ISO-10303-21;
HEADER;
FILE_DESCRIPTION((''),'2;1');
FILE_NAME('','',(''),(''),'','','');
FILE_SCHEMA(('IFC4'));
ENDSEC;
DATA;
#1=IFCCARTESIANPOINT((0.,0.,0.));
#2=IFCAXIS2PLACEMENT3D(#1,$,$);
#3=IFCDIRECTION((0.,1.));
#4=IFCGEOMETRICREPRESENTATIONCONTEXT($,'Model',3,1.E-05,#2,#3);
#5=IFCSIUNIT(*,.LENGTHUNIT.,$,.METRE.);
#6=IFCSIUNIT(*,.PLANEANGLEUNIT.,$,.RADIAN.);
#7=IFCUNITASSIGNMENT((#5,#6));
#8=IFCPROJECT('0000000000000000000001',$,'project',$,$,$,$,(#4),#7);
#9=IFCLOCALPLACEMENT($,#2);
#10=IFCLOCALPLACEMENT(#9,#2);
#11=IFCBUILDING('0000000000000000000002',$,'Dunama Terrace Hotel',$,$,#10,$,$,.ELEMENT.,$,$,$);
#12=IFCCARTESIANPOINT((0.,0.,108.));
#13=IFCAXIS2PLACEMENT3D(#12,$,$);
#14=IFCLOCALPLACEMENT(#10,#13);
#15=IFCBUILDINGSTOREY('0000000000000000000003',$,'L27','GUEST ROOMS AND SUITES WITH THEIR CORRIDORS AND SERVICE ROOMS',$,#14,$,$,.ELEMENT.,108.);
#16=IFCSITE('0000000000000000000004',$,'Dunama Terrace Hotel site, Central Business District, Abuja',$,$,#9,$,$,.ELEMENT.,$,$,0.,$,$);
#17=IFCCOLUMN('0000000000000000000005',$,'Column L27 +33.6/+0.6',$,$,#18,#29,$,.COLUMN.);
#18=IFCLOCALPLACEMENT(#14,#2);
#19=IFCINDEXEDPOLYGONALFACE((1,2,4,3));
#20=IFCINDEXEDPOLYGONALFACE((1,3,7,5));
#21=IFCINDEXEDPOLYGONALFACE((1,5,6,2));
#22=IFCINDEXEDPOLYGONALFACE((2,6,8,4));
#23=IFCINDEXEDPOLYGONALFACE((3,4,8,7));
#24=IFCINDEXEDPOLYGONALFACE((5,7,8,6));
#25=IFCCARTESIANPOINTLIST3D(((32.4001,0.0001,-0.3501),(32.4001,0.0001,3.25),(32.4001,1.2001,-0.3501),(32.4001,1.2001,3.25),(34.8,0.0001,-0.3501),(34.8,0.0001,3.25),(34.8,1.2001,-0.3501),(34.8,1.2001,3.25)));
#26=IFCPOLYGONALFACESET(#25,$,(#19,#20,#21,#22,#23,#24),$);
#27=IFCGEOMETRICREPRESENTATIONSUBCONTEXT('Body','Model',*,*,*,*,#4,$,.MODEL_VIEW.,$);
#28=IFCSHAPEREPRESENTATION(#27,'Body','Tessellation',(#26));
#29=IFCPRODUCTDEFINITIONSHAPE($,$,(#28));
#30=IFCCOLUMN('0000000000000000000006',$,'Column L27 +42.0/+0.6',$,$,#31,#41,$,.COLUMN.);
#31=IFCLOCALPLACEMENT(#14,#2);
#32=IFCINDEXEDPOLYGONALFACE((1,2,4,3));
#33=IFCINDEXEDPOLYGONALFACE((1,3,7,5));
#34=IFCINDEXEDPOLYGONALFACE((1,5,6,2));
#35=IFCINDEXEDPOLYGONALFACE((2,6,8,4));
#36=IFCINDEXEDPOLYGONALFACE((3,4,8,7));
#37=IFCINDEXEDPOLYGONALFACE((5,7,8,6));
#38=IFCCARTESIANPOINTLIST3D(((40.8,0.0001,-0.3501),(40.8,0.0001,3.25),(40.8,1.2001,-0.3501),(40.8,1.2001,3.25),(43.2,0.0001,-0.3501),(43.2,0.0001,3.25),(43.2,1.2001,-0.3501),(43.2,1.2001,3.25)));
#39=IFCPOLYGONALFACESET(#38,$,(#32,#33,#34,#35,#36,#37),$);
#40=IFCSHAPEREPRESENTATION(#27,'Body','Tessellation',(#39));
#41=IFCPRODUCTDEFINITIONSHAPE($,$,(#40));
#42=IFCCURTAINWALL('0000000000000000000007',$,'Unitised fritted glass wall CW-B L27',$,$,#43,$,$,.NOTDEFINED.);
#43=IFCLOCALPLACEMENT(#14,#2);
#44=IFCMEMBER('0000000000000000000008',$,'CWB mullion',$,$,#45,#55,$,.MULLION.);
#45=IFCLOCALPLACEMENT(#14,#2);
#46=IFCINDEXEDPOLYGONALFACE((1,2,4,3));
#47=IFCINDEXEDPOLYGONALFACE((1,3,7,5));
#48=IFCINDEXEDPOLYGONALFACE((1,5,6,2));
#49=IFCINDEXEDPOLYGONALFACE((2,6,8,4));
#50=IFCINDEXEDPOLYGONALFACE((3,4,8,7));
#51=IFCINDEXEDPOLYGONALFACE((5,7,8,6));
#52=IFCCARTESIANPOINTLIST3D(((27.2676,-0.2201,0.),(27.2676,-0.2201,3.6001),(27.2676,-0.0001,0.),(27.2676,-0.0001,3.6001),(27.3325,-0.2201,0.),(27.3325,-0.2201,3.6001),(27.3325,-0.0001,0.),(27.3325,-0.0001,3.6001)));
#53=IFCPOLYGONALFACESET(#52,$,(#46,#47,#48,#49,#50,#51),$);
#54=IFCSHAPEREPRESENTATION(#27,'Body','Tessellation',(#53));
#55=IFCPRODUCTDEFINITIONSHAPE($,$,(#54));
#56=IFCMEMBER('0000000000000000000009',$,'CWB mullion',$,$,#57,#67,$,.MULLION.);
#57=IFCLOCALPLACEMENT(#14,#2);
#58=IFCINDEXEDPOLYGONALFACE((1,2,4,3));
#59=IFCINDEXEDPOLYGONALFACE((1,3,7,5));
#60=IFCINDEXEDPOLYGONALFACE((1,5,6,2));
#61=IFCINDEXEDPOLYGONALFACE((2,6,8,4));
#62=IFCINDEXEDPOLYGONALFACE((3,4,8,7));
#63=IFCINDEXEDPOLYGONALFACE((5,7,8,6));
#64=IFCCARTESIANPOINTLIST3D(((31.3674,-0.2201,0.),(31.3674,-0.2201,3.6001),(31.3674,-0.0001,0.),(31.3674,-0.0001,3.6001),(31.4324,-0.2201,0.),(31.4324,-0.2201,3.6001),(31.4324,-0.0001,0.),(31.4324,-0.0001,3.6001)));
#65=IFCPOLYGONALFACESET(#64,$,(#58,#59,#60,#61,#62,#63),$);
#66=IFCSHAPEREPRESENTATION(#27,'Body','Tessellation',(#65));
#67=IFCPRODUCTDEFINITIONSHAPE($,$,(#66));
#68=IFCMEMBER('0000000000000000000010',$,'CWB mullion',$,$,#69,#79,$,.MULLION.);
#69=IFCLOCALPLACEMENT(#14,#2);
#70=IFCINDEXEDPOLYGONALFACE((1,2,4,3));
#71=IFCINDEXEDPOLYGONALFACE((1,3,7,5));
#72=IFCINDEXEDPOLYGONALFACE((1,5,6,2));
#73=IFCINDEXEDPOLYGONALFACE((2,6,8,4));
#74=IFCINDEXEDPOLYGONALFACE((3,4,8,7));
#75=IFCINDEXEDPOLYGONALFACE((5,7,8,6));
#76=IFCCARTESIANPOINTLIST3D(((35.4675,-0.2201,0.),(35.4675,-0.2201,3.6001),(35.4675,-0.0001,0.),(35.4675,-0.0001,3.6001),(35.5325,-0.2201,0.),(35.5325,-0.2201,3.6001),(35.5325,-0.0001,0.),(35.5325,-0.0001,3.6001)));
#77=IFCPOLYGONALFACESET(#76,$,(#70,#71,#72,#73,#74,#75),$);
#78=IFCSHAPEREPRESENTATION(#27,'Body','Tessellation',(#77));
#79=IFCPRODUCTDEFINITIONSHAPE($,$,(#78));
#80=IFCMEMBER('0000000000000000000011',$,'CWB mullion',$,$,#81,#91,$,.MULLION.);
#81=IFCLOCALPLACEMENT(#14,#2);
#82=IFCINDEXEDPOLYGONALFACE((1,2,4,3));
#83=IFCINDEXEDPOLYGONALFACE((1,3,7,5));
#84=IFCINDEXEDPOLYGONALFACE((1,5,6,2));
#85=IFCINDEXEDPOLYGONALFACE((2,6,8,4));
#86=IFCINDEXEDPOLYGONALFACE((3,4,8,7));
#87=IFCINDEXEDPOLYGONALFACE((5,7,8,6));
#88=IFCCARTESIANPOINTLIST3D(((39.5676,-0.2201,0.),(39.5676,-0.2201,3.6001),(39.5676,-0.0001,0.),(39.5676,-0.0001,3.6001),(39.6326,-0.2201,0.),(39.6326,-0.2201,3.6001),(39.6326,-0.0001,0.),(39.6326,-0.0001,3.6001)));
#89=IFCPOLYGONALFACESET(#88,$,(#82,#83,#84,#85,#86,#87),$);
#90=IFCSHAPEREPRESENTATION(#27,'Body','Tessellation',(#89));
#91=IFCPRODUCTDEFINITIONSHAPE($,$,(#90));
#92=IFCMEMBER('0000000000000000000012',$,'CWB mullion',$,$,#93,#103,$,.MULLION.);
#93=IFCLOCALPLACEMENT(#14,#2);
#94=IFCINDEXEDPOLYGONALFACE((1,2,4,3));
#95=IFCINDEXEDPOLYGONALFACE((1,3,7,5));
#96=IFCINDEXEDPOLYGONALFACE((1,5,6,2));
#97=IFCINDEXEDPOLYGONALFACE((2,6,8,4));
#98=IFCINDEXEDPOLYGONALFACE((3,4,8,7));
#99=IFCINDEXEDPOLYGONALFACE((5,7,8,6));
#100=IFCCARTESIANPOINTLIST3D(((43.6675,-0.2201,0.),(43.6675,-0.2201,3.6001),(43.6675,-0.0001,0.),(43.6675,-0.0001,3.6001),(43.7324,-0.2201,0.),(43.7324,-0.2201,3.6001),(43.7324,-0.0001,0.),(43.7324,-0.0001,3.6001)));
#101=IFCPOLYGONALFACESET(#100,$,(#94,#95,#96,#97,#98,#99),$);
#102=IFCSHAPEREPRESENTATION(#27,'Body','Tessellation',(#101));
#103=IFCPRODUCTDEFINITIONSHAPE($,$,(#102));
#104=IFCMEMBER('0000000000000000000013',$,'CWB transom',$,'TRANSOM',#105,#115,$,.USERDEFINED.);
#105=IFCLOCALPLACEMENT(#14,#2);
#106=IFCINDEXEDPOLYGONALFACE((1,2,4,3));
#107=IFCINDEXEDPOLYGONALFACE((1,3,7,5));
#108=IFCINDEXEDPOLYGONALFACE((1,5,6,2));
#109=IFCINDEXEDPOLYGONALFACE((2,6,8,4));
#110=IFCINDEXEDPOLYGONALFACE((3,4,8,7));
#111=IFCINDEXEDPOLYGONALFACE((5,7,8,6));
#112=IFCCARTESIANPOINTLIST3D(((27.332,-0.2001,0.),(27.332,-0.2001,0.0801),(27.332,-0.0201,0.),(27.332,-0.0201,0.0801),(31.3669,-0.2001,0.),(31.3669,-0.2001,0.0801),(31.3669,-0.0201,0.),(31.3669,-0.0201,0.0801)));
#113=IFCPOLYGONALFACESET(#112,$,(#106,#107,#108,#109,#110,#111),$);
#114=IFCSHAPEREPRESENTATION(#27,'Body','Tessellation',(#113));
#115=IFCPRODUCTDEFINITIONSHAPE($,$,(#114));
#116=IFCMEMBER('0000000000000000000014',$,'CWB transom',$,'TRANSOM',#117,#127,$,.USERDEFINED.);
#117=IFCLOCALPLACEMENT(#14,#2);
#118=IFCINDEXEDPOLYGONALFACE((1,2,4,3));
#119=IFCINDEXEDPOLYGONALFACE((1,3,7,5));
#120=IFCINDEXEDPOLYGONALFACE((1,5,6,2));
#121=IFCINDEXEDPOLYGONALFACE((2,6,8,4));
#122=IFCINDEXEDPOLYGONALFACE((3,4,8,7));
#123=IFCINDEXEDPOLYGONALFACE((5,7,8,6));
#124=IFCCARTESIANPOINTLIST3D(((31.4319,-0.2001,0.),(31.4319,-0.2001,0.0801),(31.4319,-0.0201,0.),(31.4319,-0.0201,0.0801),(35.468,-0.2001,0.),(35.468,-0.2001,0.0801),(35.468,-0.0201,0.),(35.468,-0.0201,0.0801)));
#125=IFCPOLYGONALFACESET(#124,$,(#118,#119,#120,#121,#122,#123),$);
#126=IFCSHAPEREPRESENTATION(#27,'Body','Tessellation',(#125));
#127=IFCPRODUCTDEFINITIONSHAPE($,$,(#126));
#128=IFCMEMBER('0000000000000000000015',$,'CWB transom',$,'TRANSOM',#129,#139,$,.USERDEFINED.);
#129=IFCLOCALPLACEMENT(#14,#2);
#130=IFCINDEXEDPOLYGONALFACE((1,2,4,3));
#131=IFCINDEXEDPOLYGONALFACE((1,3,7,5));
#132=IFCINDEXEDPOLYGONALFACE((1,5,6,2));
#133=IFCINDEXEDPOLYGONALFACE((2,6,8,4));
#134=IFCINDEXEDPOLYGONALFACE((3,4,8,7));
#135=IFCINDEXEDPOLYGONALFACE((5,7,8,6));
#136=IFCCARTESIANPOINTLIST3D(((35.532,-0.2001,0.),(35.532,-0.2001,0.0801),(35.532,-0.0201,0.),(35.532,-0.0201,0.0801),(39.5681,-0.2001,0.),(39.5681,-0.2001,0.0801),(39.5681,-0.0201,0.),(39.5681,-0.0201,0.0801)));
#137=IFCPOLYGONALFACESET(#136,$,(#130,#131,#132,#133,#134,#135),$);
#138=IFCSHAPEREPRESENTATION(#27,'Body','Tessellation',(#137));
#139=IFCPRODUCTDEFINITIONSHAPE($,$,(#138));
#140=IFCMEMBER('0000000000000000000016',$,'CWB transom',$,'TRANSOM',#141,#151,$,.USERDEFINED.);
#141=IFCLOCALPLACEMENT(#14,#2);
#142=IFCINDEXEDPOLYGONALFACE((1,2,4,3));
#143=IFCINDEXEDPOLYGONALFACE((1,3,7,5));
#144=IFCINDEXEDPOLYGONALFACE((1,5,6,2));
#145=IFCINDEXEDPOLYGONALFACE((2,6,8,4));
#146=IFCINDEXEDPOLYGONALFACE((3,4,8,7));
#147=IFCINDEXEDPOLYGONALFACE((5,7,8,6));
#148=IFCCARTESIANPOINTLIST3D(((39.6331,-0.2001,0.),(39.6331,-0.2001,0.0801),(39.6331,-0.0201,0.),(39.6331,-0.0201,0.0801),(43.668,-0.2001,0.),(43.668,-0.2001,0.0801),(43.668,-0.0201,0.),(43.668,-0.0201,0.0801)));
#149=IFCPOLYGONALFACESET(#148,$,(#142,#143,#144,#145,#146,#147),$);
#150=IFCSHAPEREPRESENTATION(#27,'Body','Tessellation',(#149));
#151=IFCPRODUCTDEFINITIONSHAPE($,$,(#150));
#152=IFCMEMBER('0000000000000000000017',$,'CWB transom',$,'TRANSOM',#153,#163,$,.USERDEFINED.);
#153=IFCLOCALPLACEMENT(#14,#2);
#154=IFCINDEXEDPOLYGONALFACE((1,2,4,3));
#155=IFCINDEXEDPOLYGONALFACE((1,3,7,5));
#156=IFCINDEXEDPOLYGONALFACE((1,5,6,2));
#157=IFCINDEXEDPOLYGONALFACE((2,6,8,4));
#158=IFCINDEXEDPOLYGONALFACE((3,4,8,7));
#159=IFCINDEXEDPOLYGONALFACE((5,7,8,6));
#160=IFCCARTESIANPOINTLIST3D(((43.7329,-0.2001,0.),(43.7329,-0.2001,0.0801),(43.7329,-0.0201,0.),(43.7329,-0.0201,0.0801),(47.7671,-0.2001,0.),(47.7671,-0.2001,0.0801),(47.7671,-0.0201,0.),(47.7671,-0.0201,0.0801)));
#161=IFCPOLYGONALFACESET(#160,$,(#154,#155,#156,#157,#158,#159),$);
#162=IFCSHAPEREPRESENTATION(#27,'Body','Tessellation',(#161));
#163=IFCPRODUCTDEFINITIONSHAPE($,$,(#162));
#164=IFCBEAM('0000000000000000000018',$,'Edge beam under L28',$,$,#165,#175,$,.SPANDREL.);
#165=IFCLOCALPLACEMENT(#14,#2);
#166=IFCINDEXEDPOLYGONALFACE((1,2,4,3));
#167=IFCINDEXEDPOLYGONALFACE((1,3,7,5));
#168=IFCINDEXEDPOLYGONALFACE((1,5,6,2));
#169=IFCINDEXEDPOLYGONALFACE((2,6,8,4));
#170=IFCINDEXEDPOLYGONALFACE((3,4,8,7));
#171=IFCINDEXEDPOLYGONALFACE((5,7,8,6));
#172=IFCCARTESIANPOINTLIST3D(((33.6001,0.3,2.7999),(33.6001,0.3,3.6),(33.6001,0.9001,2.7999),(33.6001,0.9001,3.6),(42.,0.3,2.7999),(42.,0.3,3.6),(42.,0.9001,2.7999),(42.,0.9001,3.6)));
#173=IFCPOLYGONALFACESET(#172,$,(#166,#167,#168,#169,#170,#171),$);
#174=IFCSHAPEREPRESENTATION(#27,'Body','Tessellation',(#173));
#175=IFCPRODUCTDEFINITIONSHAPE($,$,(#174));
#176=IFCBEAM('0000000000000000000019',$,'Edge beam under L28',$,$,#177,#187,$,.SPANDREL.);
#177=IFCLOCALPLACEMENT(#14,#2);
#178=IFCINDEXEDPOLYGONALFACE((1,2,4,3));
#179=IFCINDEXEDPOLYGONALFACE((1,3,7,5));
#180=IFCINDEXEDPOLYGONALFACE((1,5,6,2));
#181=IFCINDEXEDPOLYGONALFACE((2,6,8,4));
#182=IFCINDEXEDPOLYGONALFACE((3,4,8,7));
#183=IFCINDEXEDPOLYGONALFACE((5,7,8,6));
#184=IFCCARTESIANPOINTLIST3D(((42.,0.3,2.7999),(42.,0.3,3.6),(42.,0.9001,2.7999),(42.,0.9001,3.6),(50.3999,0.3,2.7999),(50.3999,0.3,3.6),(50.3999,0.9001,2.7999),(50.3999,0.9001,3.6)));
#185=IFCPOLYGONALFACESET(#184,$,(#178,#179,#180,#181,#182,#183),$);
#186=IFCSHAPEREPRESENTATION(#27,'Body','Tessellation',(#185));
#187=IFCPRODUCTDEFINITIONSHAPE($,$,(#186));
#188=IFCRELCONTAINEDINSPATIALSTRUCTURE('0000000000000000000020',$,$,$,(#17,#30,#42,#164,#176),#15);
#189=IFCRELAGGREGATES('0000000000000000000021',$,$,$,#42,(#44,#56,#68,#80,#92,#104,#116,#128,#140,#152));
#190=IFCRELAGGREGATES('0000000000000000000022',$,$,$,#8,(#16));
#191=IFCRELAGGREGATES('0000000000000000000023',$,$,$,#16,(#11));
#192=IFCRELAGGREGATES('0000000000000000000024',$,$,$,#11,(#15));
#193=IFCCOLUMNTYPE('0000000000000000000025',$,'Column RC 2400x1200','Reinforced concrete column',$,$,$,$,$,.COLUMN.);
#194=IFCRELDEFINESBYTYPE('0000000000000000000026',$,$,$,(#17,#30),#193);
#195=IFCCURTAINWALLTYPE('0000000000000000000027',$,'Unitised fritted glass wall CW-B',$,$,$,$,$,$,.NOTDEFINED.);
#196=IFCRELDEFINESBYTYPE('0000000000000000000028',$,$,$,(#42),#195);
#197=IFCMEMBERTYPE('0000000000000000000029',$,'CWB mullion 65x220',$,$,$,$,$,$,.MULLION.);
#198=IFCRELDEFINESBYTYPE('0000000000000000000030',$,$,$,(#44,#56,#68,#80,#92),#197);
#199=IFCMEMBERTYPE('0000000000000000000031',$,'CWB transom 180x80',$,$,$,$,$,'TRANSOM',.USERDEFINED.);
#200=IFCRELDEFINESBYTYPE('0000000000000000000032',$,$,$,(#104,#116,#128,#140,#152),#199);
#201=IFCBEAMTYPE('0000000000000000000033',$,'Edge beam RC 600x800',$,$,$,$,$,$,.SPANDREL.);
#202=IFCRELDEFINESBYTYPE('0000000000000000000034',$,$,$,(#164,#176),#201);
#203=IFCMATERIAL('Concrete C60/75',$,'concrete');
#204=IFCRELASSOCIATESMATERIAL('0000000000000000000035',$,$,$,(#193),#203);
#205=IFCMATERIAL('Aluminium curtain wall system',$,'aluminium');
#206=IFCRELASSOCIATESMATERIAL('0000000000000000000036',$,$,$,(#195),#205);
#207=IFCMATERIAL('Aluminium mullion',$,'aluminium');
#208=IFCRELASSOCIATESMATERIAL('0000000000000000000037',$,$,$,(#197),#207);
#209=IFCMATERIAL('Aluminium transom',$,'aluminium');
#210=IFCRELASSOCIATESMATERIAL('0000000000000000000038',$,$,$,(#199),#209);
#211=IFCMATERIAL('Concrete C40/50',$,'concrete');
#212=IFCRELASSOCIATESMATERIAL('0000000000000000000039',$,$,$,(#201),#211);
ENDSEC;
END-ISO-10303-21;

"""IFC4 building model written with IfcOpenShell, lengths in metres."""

from ifc_helpers import new_model, si_unit, direction, frame, origin, origin_2d, place, context, subcontext, project, spatial, rectangle, extrude, material, material_profile, profile_set, type_object, element, aggregate, save


model = new_model("IFC4")

# Units and contexts
model_context = context("Model", 3, precision=1e-05, world=origin(), true_north=direction((0.0, 1.0)))
body_context = subcontext(model_context, "Body", "Model", "MODEL_VIEW")
ifc_project = project(units=[si_unit("LENGTHUNIT", "METRE"), si_unit("PLANEANGLEUNIT", "RADIAN")], contexts=[model_context])

# Site, building, storey
site_placement = place(None, origin())
site = spatial("IfcSite", under=ifc_project, at=site_placement, Name="Dunama Terrace Hotel site, Central Business District, Abuja", CompositionType="ELEMENT", RefElevation=0.0)
building_placement = place(site_placement, origin())
building = spatial("IfcBuilding", under=site, at=building_placement, Name="Dunama Terrace Hotel", CompositionType="ELEMENT")
storey_placement = place(building_placement, frame((0.0, 0.0, 108.0)))
storey = spatial("IfcBuildingStorey", under=building, at=storey_placement, Name="L27", Description="GUEST ROOMS AND SUITES WITH THEIR CORRIDORS AND SERVICE ROOMS", CompositionType="ELEMENT", Elevation=108.0)

# Columns
ifc_material_1 = material(Name="Concrete C60/75", Category="concrete")
ifc_material_profile_1 = material_profile(ifc_material_1, rectangle(XDim=2.3999, YDim=1.2, at=origin_2d()), Name="RC 2400x1200")
ifc_profile_set_1 = profile_set([ifc_material_profile_1], Name="Concrete C60/75")
column_type = type_object("IfcColumnType", Name="Column RC 2400x1200", Description="Reinforced concrete column", PredefinedType="COLUMN", material=ifc_profile_set_1)
for number, where, z_axis, x_axis, name in (
    (1, (33.6001, 0.6001, -0.3501), (0.0, 0.0, 1.0), (1.0, 0.0, 0.0), "Column L27 +33.6/+0.6"),
    (2, (42.0, 0.6001, -0.3501), (0.0, 0.0, 1.0), (1.0, 0.0, 0.0), "Column L27 +42.0/+0.6"),
):
    element("IfcColumn", number, at=place(storey_placement, frame(where, z_axis=z_axis, x_axis=x_axis)), inside=storey, type_object=column_type, Name=name, PredefinedType="COLUMN", context=body_context, shape_type="SweptSolid", body=[
        extrude(rectangle(XDim=2.3999, YDim=1.2, at=origin_2d()), origin(), (0.0, 0.0, 1.0), 3.6001),
    ])

# Curtain wall, members
ifc_material_2 = material(Name="Aluminium curtain wall system", Category="aluminium")
curtain_wall_type = type_object("IfcCurtainWallType", Name="Unitised fritted glass wall CW-B", PredefinedType="NOTDEFINED", material=ifc_material_2)
curtain_wall_placement = place(storey_placement, origin())
curtain_wall = element("IfcCurtainWall", 3, at=curtain_wall_placement, inside=storey, type_object=curtain_wall_type, Name="Unitised fritted glass wall CW-B L27", PredefinedType="NOTDEFINED")
ifc_material_3 = material(Name="Aluminium mullion", Category="aluminium")
ifc_material_profile_2 = material_profile(ifc_material_3, rectangle(XDim=0.0649, YDim=0.22, at=origin_2d()), Name="CWB MULLION 65X220")
ifc_profile_set_2 = profile_set([ifc_material_profile_2], Name="Aluminium mullion")
member_type_1 = type_object("IfcMemberType", Name="CWB mullion 65x220", PredefinedType="MULLION", material=ifc_profile_set_2)
member_1_placement = place(storey_placement, frame((27.3, -0.1101, 0.0), z_axis=(0.0, 0.0, 1.0), x_axis=(1.0, 0.0, 0.0)))
member_1 = element("IfcMember", 4, at=member_1_placement, type_object=member_type_1, Name="CWB mullion", PredefinedType="MULLION", context=body_context, shape_type="SweptSolid", body=[
    extrude(rectangle(XDim=0.0649, YDim=0.22, at=origin_2d()), origin(), (0.0, 0.0, 1.0), 3.6001),
])
member_2_placement = place(storey_placement, frame((31.3999, -0.1101, 0.0), z_axis=(0.0, 0.0, 1.0), x_axis=(1.0, 0.0, 0.0)))
member_2 = element("IfcMember", 5, at=member_2_placement, type_object=member_type_1, Name="CWB mullion", PredefinedType="MULLION", context=body_context, shape_type="SweptSolid", body=[
    extrude(rectangle(XDim=0.0649, YDim=0.22, at=origin_2d()), origin(), (0.0, 0.0, 1.0), 3.6001),
])
member_3_placement = place(storey_placement, frame((35.5, -0.1101, 0.0), z_axis=(0.0, 0.0, 1.0), x_axis=(1.0, 0.0, 0.0)))
member_3 = element("IfcMember", 6, at=member_3_placement, type_object=member_type_1, Name="CWB mullion", PredefinedType="MULLION", context=body_context, shape_type="SweptSolid", body=[
    extrude(rectangle(XDim=0.0649, YDim=0.22, at=origin_2d()), origin(), (0.0, 0.0, 1.0), 3.6001),
])
member_4_placement = place(storey_placement, frame((39.6001, -0.1101, 0.0), z_axis=(0.0, 0.0, 1.0), x_axis=(1.0, 0.0, 0.0)))
member_4 = element("IfcMember", 7, at=member_4_placement, type_object=member_type_1, Name="CWB mullion", PredefinedType="MULLION", context=body_context, shape_type="SweptSolid", body=[
    extrude(rectangle(XDim=0.0649, YDim=0.22, at=origin_2d()), origin(), (0.0, 0.0, 1.0), 3.6001),
])
member_5_placement = place(storey_placement, frame((43.7, -0.1101, 0.0), z_axis=(0.0, 0.0, 1.0), x_axis=(1.0, 0.0, 0.0)))
member_5 = element("IfcMember", 8, at=member_5_placement, type_object=member_type_1, Name="CWB mullion", PredefinedType="MULLION", context=body_context, shape_type="SweptSolid", body=[
    extrude(rectangle(XDim=0.0649, YDim=0.22, at=origin_2d()), origin(), (0.0, 0.0, 1.0), 3.6001),
])
ifc_material_4 = material(Name="Aluminium transom", Category="aluminium")
ifc_material_profile_3 = material_profile(ifc_material_4, rectangle(XDim=0.1799, YDim=0.0801, at=origin_2d()), Name="CWB TRANSOM 180X80")
ifc_profile_set_3 = profile_set([ifc_material_profile_3], Name="Aluminium transom")
member_type_2 = type_object("IfcMemberType", Name="CWB transom 180x80", ElementType="TRANSOM", PredefinedType="USERDEFINED", material=ifc_profile_set_3)
member_6_placement = place(storey_placement, frame((27.332, -0.1101, 0.04), z_axis=(1.0, 0.0, 0.0), x_axis=(0.0, 1.0, 0.0)))
member_6 = element("IfcMember", 9, at=member_6_placement, type_object=member_type_2, Name="CWB transom", ObjectType="TRANSOM", PredefinedType="USERDEFINED", context=body_context, shape_type="SweptSolid", body=[
    extrude(rectangle(XDim=0.1799, YDim=0.0801, at=origin_2d()), origin(), (0.0, 0.0, 1.0), 4.0349),
])
member_7_placement = place(storey_placement, frame((31.4319, -0.1101, 0.04), z_axis=(1.0, 0.0, 0.0), x_axis=(0.0, 1.0, 0.0)))
member_7 = element("IfcMember", 10, at=member_7_placement, type_object=member_type_2, Name="CWB transom", ObjectType="TRANSOM", PredefinedType="USERDEFINED", context=body_context, shape_type="SweptSolid", body=[
    extrude(rectangle(XDim=0.1799, YDim=0.0801, at=origin_2d()), origin(), (0.0, 0.0, 1.0), 4.0361),
])
member_8_placement = place(storey_placement, frame((35.532, -0.1101, 0.04), z_axis=(1.0, 0.0, 0.0), x_axis=(0.0, 1.0, 0.0)))
member_8 = element("IfcMember", 11, at=member_8_placement, type_object=member_type_2, Name="CWB transom", ObjectType="TRANSOM", PredefinedType="USERDEFINED", context=body_context, shape_type="SweptSolid", body=[
    extrude(rectangle(XDim=0.1799, YDim=0.0801, at=origin_2d()), origin(), (0.0, 0.0, 1.0), 4.0361),
])
member_9_placement = place(storey_placement, frame((39.6331, -0.1101, 0.04), z_axis=(1.0, 0.0, 0.0), x_axis=(0.0, 1.0, 0.0)))
member_9 = element("IfcMember", 12, at=member_9_placement, type_object=member_type_2, Name="CWB transom", ObjectType="TRANSOM", PredefinedType="USERDEFINED", context=body_context, shape_type="SweptSolid", body=[
    extrude(rectangle(XDim=0.1799, YDim=0.0801, at=origin_2d()), origin(), (0.0, 0.0, 1.0), 4.0349),
])
member_10_placement = place(storey_placement, frame((43.7329, -0.1101, 0.04), z_axis=(1.0, 0.0, 0.0), x_axis=(0.0, 1.0, 0.0)))
member_10 = element("IfcMember", 13, at=member_10_placement, type_object=member_type_2, Name="CWB transom", ObjectType="TRANSOM", PredefinedType="USERDEFINED", context=body_context, shape_type="SweptSolid", body=[
    extrude(rectangle(XDim=0.1799, YDim=0.0801, at=origin_2d()), origin(), (0.0, 0.0, 1.0), 4.0342),
])

# Beams
ifc_material_5 = material(Name="Concrete C40/50", Category="concrete")
ifc_material_profile_4 = material_profile(ifc_material_5, rectangle(XDim=0.6001, YDim=0.8, at=origin_2d()), Name="RC 600x800")
ifc_profile_set_4 = profile_set([ifc_material_profile_4], Name="Concrete C40/50")
beam_type = type_object("IfcBeamType", Name="Edge beam RC 600x800", PredefinedType="SPANDREL", material=ifc_profile_set_4)
for number, where, z_axis, x_axis, name in (
    (14, (33.6001, 0.6001, 3.2), (1.0, 0.0, 0.0), (0.0, 1.0, 0.0), "Edge beam under L28"),
    (15, (42.0, 0.6001, 3.2), (1.0, 0.0, 0.0), (0.0, 1.0, 0.0), "Edge beam under L28"),
):
    element("IfcBeam", number, at=place(storey_placement, frame(where, z_axis=z_axis, x_axis=x_axis)), inside=storey, type_object=beam_type, Name=name, PredefinedType="SPANDREL", context=body_context, shape_type="SweptSolid", body=[
        extrude(rectangle(XDim=0.6001, YDim=0.8, at=origin_2d()), origin(), (0.0, 0.0, 1.0), 8.3999),
    ])

aggregate(curtain_wall, [member_1, member_2, member_3, member_4, member_5, member_6, member_7, member_8, member_9, member_10])

save(model, "model.ifc")
